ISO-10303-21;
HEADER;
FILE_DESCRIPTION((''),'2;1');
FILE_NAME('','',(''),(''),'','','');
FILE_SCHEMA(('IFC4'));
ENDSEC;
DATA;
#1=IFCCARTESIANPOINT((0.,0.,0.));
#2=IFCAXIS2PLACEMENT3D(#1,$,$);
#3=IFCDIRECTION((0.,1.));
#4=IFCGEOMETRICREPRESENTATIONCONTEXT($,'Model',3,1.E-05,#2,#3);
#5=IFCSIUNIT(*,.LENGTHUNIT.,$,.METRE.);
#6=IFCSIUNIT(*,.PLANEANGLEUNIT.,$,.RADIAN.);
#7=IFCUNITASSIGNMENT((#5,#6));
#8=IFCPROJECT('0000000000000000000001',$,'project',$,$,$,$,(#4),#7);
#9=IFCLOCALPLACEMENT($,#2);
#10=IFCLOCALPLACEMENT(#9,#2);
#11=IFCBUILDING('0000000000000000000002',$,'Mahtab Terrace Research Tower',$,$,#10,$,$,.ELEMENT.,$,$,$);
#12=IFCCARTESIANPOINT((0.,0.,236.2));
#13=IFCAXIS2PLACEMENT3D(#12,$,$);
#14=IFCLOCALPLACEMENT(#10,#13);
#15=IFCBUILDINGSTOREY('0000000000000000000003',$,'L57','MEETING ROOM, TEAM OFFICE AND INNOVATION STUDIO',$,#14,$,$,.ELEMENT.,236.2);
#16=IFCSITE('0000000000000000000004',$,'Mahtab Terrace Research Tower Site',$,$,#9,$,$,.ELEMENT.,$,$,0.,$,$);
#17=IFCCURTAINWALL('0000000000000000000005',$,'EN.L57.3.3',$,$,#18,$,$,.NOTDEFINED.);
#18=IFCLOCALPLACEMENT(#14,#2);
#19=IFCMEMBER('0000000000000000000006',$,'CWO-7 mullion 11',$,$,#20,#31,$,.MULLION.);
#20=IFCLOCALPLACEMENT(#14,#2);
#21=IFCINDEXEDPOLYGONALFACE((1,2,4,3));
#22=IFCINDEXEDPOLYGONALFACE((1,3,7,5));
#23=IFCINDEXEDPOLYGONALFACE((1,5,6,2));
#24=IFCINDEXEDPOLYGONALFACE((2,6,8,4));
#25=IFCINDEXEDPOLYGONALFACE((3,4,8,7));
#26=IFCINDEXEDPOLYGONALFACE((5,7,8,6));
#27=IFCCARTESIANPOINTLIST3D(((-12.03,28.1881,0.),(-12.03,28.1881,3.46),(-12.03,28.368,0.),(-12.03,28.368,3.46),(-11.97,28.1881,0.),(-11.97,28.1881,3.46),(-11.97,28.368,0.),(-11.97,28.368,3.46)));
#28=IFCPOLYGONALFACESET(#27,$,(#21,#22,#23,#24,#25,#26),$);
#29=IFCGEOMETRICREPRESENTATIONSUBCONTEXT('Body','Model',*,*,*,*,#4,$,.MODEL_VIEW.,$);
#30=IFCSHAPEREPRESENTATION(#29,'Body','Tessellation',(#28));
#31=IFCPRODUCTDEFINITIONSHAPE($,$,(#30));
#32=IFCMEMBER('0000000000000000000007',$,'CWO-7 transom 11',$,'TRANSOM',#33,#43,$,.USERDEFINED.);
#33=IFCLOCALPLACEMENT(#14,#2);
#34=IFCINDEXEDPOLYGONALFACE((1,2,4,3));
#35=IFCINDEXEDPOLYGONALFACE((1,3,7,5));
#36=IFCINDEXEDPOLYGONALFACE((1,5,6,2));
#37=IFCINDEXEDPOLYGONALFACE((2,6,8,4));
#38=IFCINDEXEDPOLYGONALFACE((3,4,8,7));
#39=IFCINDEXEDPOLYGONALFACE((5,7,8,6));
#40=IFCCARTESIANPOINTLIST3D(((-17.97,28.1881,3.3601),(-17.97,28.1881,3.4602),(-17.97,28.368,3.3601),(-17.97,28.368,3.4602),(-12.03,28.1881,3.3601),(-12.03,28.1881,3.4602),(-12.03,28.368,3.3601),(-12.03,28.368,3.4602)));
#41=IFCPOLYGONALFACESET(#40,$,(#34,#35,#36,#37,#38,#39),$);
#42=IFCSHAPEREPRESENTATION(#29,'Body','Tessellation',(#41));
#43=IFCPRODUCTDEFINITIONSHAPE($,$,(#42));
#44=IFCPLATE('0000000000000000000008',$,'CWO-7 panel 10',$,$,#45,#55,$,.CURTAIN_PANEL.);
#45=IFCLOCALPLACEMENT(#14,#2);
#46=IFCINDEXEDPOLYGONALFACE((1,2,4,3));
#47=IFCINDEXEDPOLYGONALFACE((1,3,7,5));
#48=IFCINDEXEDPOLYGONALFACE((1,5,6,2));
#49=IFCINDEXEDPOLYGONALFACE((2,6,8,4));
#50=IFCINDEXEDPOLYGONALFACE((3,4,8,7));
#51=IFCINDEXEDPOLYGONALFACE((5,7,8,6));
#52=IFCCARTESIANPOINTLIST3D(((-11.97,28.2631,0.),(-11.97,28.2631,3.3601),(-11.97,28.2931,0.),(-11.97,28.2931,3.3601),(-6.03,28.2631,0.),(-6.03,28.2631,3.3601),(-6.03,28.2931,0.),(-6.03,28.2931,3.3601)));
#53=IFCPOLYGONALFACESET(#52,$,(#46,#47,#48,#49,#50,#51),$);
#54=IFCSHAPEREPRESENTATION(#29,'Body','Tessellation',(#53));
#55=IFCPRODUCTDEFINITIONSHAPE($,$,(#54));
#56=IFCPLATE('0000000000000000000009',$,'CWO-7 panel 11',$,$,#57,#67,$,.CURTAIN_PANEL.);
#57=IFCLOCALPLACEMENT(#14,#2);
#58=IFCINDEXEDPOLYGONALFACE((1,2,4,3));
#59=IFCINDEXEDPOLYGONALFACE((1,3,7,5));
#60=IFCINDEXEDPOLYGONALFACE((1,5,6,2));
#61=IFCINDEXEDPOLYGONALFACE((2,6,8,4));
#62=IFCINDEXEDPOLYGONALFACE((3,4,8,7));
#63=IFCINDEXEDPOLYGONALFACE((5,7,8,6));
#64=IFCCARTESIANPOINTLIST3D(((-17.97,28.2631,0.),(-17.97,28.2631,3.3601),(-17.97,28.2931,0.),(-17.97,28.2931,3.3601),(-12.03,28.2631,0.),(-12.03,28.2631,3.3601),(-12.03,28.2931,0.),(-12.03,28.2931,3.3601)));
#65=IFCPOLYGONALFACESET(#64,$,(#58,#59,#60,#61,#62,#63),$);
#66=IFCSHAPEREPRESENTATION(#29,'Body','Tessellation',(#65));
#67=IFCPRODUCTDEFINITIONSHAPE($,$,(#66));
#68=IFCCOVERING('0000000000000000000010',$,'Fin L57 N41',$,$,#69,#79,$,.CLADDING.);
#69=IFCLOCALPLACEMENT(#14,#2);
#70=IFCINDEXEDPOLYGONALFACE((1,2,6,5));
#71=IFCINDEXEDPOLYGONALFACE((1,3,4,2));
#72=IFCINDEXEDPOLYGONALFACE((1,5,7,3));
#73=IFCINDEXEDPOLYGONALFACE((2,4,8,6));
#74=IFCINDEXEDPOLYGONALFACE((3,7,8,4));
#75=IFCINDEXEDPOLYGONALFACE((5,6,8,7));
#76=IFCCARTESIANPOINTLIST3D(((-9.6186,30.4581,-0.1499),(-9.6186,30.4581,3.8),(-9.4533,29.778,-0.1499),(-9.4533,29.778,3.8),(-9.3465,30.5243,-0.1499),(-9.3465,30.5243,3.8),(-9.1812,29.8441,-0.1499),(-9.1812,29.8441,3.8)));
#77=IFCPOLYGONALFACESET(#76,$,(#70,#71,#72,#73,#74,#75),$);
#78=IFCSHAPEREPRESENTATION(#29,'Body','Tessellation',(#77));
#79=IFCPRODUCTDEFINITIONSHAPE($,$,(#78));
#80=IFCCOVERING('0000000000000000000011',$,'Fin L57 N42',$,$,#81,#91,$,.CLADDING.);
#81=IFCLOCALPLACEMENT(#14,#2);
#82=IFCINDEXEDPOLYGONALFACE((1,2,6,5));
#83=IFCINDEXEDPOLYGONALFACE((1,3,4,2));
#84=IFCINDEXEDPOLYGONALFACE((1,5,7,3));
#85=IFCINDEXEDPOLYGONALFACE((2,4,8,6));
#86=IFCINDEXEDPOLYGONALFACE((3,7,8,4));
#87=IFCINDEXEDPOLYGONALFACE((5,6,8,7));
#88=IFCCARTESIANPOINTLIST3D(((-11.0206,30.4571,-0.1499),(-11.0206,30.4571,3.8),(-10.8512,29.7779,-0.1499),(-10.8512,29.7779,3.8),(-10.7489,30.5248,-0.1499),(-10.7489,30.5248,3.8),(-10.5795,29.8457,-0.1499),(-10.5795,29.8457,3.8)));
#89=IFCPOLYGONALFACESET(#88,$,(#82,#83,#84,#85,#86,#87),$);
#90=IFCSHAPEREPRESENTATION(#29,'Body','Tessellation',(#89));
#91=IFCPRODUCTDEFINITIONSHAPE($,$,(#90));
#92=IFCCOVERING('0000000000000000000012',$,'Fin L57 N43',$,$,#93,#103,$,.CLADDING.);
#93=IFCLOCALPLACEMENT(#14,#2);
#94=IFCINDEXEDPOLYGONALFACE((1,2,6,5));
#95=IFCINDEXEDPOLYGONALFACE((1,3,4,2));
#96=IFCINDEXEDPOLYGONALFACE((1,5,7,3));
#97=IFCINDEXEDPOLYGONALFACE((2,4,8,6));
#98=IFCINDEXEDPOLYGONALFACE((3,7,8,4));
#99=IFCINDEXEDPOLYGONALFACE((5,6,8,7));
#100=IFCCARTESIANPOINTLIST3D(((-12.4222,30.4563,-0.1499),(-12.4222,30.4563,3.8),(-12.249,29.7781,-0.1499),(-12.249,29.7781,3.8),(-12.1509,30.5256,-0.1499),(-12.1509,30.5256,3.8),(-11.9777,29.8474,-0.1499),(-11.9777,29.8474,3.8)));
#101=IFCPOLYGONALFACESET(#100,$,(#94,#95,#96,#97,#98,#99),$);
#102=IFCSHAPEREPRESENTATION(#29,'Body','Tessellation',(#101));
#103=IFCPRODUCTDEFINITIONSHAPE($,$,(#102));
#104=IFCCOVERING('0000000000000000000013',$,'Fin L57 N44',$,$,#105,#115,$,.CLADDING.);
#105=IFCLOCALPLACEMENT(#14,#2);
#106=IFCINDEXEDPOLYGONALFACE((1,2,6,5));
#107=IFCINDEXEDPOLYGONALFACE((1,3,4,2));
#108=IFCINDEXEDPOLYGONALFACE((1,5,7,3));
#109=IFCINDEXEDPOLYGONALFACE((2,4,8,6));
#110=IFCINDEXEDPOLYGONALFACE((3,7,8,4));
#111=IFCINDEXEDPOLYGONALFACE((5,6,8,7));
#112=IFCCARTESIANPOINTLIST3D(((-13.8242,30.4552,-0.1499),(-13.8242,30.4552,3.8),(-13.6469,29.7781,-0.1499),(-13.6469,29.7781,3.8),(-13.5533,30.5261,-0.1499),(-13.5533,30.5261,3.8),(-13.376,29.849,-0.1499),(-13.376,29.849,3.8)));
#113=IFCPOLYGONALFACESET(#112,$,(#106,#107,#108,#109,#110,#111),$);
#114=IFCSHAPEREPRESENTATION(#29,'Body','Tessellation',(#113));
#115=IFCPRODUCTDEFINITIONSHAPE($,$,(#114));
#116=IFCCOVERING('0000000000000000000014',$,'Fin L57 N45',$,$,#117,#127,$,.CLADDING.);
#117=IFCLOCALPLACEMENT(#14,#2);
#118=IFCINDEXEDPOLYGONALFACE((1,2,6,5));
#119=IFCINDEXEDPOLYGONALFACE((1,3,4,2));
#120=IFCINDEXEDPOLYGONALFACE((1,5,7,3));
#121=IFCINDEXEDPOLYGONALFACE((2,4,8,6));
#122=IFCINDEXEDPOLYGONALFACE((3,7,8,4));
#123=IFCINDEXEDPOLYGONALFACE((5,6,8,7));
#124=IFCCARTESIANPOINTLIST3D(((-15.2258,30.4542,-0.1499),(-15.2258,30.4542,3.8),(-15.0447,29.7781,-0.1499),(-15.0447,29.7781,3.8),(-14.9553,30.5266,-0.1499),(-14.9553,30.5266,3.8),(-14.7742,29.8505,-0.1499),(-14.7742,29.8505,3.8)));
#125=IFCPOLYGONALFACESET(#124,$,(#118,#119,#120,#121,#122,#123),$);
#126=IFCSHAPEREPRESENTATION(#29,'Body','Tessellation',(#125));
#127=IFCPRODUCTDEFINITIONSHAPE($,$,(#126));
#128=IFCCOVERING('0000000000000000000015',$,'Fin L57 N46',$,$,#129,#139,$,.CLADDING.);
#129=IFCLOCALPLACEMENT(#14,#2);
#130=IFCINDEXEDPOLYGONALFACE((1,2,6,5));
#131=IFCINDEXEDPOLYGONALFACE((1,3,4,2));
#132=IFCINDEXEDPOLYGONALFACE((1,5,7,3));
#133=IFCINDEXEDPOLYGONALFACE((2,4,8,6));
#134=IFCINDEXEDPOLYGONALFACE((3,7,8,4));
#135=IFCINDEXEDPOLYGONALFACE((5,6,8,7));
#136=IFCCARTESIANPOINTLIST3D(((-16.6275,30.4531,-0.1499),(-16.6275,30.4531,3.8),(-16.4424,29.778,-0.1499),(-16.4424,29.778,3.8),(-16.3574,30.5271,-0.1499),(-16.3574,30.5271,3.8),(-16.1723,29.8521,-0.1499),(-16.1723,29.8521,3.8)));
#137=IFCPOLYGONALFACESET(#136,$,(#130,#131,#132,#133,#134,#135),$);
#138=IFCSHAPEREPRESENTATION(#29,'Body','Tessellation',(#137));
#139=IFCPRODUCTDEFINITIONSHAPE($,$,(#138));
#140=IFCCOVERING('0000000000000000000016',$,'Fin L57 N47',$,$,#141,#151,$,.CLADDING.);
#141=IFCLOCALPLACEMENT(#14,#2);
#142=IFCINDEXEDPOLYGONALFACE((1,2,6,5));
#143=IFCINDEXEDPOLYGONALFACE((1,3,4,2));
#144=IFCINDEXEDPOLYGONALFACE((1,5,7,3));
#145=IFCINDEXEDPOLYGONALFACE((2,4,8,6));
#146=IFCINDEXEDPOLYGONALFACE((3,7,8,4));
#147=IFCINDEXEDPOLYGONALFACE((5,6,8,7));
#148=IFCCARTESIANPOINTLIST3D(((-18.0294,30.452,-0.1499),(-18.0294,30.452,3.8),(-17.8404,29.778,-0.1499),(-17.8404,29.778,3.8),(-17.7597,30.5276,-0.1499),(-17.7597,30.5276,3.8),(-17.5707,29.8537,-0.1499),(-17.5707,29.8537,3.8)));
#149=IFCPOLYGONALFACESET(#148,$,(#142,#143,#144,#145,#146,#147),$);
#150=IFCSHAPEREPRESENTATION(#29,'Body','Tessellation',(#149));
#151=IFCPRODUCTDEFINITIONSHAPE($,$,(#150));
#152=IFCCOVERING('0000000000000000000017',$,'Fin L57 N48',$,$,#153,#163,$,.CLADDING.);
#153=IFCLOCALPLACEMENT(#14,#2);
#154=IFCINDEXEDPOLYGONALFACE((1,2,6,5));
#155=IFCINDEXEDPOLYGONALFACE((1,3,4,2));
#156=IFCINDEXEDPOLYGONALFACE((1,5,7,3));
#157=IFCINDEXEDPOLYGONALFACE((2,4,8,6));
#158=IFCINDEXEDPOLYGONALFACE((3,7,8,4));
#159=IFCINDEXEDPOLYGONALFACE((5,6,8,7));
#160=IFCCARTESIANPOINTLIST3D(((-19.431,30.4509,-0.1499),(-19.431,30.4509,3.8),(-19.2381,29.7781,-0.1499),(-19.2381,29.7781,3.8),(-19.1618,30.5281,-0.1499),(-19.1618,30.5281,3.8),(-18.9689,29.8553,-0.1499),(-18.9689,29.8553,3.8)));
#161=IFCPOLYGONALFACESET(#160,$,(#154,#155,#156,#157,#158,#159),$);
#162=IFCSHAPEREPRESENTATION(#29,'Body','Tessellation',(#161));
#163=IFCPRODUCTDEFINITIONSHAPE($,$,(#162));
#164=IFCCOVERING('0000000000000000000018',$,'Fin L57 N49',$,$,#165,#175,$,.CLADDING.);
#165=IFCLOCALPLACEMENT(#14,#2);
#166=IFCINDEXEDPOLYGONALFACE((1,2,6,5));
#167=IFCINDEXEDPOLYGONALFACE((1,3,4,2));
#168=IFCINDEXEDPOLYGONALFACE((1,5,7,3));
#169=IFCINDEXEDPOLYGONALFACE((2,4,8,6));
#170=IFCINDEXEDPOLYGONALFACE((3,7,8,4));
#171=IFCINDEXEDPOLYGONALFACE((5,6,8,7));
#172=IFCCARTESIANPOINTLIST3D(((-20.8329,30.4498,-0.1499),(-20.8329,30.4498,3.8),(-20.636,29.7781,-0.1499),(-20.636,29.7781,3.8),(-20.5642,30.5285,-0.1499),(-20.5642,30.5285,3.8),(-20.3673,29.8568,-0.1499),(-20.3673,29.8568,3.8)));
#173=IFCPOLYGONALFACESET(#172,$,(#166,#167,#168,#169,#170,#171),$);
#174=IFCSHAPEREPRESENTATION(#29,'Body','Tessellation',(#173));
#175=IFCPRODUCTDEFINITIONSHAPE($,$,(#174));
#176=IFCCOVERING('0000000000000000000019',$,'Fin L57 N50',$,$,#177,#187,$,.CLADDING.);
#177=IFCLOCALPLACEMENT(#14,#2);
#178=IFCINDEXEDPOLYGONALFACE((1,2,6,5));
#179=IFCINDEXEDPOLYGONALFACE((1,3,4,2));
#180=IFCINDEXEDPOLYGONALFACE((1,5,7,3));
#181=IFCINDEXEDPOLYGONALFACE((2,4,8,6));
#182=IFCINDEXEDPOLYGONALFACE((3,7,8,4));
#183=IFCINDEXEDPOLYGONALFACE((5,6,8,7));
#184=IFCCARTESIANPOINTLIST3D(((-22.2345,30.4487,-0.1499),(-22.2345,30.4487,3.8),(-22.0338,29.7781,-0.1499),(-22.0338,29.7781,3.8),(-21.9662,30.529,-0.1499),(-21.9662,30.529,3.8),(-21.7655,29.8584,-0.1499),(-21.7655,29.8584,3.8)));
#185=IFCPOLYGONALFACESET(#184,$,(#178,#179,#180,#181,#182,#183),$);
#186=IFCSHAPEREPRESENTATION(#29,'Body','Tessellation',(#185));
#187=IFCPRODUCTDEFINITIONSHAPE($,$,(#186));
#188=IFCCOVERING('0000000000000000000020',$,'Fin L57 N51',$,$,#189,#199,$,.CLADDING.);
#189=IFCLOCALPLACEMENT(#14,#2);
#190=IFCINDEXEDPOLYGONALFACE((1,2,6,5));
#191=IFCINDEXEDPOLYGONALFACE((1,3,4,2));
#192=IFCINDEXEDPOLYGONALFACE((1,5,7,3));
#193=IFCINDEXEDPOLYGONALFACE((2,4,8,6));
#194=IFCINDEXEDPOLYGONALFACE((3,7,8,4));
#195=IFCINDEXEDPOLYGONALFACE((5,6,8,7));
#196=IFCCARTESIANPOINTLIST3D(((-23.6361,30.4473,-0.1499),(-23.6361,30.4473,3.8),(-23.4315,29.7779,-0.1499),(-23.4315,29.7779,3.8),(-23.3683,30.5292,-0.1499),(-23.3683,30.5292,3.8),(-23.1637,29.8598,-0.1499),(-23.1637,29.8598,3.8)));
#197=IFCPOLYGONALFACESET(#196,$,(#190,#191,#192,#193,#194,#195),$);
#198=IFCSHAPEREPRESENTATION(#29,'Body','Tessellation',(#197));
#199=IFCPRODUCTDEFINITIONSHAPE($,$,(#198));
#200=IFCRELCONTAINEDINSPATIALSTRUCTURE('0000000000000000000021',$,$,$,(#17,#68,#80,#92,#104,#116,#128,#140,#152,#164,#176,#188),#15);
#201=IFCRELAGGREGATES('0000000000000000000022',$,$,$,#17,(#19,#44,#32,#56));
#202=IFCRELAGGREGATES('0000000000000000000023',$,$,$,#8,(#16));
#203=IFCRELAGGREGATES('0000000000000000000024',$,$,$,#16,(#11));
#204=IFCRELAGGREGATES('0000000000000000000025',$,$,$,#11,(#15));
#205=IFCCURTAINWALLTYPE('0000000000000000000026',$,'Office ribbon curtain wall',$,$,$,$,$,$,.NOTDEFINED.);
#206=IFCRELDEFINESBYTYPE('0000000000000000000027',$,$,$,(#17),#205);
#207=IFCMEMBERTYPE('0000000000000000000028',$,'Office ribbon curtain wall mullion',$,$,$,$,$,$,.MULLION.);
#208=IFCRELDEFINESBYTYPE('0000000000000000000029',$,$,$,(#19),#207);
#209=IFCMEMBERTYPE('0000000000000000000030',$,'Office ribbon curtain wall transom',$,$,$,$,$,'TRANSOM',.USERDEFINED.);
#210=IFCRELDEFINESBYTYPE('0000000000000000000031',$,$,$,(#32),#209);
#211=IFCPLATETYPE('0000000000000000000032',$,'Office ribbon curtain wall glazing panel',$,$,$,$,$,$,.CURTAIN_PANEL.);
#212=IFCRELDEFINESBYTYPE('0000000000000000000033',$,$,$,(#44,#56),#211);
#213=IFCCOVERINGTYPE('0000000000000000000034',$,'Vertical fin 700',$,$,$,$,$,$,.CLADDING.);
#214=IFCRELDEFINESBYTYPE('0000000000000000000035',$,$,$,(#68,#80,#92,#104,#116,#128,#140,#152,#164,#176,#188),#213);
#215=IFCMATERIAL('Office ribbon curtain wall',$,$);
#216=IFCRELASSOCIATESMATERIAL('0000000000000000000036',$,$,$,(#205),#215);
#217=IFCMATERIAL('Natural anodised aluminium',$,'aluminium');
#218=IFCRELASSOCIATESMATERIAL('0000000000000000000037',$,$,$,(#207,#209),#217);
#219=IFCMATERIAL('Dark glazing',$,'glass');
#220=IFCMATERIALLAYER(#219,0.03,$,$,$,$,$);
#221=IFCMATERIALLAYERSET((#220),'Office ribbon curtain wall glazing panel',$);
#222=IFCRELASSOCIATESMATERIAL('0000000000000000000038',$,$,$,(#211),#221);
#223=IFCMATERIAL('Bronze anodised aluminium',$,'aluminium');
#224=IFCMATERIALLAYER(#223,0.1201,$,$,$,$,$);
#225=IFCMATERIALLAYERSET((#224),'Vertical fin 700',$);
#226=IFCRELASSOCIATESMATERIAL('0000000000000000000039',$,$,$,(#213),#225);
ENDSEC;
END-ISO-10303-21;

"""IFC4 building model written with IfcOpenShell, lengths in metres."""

from ifc_helpers import new_model, si_unit, direction, frame, origin, origin_2d, place, context, subcontext, project, spatial, rectangle, extrude, material, layer, layer_set, material_profile, profile_set, type_object, element, aggregate, save


model = new_model("IFC4")

# Units and contexts
model_context = context("Model", 3, precision=1e-05, world=origin(), true_north=direction((0.0, 1.0)))
body_context = subcontext(model_context, "Body", "Model", "MODEL_VIEW")
ifc_project = project(units=[si_unit("LENGTHUNIT", "METRE"), si_unit("PLANEANGLEUNIT", "RADIAN")], contexts=[model_context])

# Site, building, storey
site_placement = place(None, origin())
site = spatial("IfcSite", under=ifc_project, at=site_placement, Name="Mahtab Terrace Research Tower Site", CompositionType="ELEMENT", RefElevation=0.0)
building_placement = place(site_placement, origin())
building = spatial("IfcBuilding", under=site, at=building_placement, Name="Mahtab Terrace Research Tower", CompositionType="ELEMENT")
storey_placement = place(building_placement, frame((0.0, 0.0, 236.2)))
storey = spatial("IfcBuildingStorey", under=building, at=storey_placement, Name="L57", Description="MEETING ROOM, TEAM OFFICE AND INNOVATION STUDIO", CompositionType="ELEMENT", Elevation=236.2)

# Curtain wall, members, plates
ifc_material_1 = material(Name="Office ribbon curtain wall")
curtain_wall_type = type_object("IfcCurtainWallType", Name="Office ribbon curtain wall", PredefinedType="NOTDEFINED", material=ifc_material_1)
curtain_wall_placement = place(storey_placement, origin())
curtain_wall = element("IfcCurtainWall", 1, at=curtain_wall_placement, inside=storey, type_object=curtain_wall_type, Name="EN.L57.3.3", PredefinedType="NOTDEFINED")
ifc_material_2 = material(Name="Natural anodised aluminium", Category="aluminium")
ifc_material_profile_1 = material_profile(ifc_material_2, rectangle(XDim=0.1799, YDim=0.0601, at=origin_2d()), Name="MULLION 60x180")
ifc_profile_set_1 = profile_set([ifc_material_profile_1], Name="Natural anodised aluminium")
member_type_1 = type_object("IfcMemberType", Name="Office ribbon curtain wall mullion", PredefinedType="MULLION", material=ifc_profile_set_1)
member_1_placement = place(storey_placement, frame((-12.0, 28.2781, 0.0), z_axis=(0.0, 0.0, 1.0), x_axis=(0.0, -1.0, 0.0)))
member_1 = element("IfcMember", 2, at=member_1_placement, type_object=member_type_1, Name="CWO-7 mullion 11", PredefinedType="MULLION", context=body_context, shape_type="SweptSolid", body=[
    extrude(rectangle(XDim=0.1799, YDim=0.0601, at=origin_2d()), origin(), (0.0, 0.0, 1.0), 3.46),
])
ifc_material_profile_2 = material_profile(ifc_material_2, rectangle(XDim=0.1799, YDim=0.1001, at=origin_2d()), Name="TRANSOM 100x180")
ifc_profile_set_2 = profile_set([ifc_material_profile_2], Name="Natural anodised aluminium")
member_type_2 = type_object("IfcMemberType", Name="Office ribbon curtain wall transom", ElementType="TRANSOM", PredefinedType="USERDEFINED", material=ifc_profile_set_2)
member_2_placement = place(storey_placement, frame((-12.03, 28.2781, 3.4102), z_axis=(-1.0, 0.0, 0.0), x_axis=(0.0, -1.0, 0.0)))
member_2 = element("IfcMember", 3, at=member_2_placement, type_object=member_type_2, Name="CWO-7 transom 11", ObjectType="TRANSOM", PredefinedType="USERDEFINED", context=body_context, shape_type="SweptSolid", body=[
    extrude(rectangle(XDim=0.1799, YDim=0.1001, at=origin_2d()), origin(), (0.0, 0.0, 1.0), 5.9399),
])
ifc_material_3 = material(Name="Dark glazing", Category="glass")
ifc_layer_1 = layer(ifc_material_3, 0.03)
ifc_layer_set_1 = layer_set([ifc_layer_1], Name="Office ribbon curtain wall glazing panel")
plate_type = type_object("IfcPlateType", Name="Office ribbon curtain wall glazing panel", PredefinedType="CURTAIN_PANEL", material=ifc_layer_set_1)
plate_1_placement = place(storey_placement, frame((-9.0, 28.2781, 0.0), z_axis=(0.0, 0.0, 1.0), x_axis=(-1.0, 0.0, 0.0)))
plate_1 = element("IfcPlate", 4, at=plate_1_placement, type_object=plate_type, Name="CWO-7 panel 10", PredefinedType="CURTAIN_PANEL", context=body_context, shape_type="SweptSolid", body=[
    extrude(rectangle(XDim=5.9399, YDim=0.03, at=origin_2d()), origin(), (0.0, 0.0, 1.0), 3.3601),
])
plate_2_placement = place(storey_placement, frame((-15.0, 28.2781, 0.0), z_axis=(0.0, 0.0, 1.0), x_axis=(-1.0, 0.0, 0.0)))
plate_2 = element("IfcPlate", 5, at=plate_2_placement, type_object=plate_type, Name="CWO-7 panel 11", PredefinedType="CURTAIN_PANEL", context=body_context, shape_type="SweptSolid", body=[
    extrude(rectangle(XDim=5.9399, YDim=0.03, at=origin_2d()), origin(), (0.0, 0.0, 1.0), 3.3601),
])
aggregate(curtain_wall, [member_1, plate_1, member_2, plate_2])

# Coverings
ifc_material_4 = material(Name="Bronze anodised aluminium", Category="aluminium")
ifc_layer_2 = layer(ifc_material_4, 0.1201)
ifc_layer_set_2 = layer_set([ifc_layer_2], Name="Vertical fin 700")
covering_type = type_object("IfcCoveringType", Name="Vertical fin 700", PredefinedType="CLADDING", material=ifc_layer_set_2)
for number, where, z_axis, x_axis, name in (
    (6, (-9.3999, 30.1511, -0.1499), (0.0, 0.0, 1.0), (-0.971687, -0.236273, 0.0), "Fin L57 N41"),
    (7, (-10.8, 30.1514, -0.1499), (0.0, 0.0, 1.0), (-0.970296, -0.241922, 0.0), "Fin L57 N42"),
    (8, (-12.2, 30.1519, -0.1499), (0.0, 0.0, 1.0), (-0.968872, -0.247563, 0.0), "Fin L57 N43"),
    (9, (-13.6001, 30.1521, -0.1499), (0.0, 0.0, 1.0), (-0.967415, -0.253195, 0.0), "Fin L57 N44"),
    (10, (-15.0, 30.1523, -0.1499), (0.0, 0.0, 1.0), (-0.965926, -0.258819, 0.0), "Fin L57 N45"),
    (11, (-16.3999, 30.1526, -0.1499), (0.0, 0.0, 1.0), (-0.964404, -0.264434, 0.0), "Fin L57 N46"),
    (12, (-17.8, 30.1528, -0.1499), (0.0, 0.0, 1.0), (-0.962849, -0.27004, 0.0), "Fin L57 N47"),
    (13, (-19.2, 30.1531, -0.1499), (0.0, 0.0, 1.0), (-0.961262, -0.275637, 0.0), "Fin L57 N48"),
    (14, (-20.6001, 30.1533, -0.1499), (0.0, 0.0, 1.0), (-0.959642, -0.281225, 0.0), "Fin L57 N49"),
    (15, (-22.0, 30.1536, -0.1499), (0.0, 0.0, 1.0), (-0.95799, -0.286803, 0.0), "Fin L57 N50"),
    (16, (-23.3999, 30.1536, -0.1499), (0.0, 0.0, 1.0), (-0.956305, -0.292372, 0.0), "Fin L57 N51"),
):
    element("IfcCovering", number, at=place(storey_placement, frame(where, z_axis=z_axis, x_axis=x_axis)), inside=storey, type_object=covering_type, Name=name, PredefinedType="CLADDING", context=body_context, shape_type="SweptSolid", body=[
        extrude(rectangle(XDim=0.28, YDim=0.7, at=origin_2d()), origin(), (0.0, 0.0, 1.0), 3.95),
    ])

save(model, "model.ifc")
